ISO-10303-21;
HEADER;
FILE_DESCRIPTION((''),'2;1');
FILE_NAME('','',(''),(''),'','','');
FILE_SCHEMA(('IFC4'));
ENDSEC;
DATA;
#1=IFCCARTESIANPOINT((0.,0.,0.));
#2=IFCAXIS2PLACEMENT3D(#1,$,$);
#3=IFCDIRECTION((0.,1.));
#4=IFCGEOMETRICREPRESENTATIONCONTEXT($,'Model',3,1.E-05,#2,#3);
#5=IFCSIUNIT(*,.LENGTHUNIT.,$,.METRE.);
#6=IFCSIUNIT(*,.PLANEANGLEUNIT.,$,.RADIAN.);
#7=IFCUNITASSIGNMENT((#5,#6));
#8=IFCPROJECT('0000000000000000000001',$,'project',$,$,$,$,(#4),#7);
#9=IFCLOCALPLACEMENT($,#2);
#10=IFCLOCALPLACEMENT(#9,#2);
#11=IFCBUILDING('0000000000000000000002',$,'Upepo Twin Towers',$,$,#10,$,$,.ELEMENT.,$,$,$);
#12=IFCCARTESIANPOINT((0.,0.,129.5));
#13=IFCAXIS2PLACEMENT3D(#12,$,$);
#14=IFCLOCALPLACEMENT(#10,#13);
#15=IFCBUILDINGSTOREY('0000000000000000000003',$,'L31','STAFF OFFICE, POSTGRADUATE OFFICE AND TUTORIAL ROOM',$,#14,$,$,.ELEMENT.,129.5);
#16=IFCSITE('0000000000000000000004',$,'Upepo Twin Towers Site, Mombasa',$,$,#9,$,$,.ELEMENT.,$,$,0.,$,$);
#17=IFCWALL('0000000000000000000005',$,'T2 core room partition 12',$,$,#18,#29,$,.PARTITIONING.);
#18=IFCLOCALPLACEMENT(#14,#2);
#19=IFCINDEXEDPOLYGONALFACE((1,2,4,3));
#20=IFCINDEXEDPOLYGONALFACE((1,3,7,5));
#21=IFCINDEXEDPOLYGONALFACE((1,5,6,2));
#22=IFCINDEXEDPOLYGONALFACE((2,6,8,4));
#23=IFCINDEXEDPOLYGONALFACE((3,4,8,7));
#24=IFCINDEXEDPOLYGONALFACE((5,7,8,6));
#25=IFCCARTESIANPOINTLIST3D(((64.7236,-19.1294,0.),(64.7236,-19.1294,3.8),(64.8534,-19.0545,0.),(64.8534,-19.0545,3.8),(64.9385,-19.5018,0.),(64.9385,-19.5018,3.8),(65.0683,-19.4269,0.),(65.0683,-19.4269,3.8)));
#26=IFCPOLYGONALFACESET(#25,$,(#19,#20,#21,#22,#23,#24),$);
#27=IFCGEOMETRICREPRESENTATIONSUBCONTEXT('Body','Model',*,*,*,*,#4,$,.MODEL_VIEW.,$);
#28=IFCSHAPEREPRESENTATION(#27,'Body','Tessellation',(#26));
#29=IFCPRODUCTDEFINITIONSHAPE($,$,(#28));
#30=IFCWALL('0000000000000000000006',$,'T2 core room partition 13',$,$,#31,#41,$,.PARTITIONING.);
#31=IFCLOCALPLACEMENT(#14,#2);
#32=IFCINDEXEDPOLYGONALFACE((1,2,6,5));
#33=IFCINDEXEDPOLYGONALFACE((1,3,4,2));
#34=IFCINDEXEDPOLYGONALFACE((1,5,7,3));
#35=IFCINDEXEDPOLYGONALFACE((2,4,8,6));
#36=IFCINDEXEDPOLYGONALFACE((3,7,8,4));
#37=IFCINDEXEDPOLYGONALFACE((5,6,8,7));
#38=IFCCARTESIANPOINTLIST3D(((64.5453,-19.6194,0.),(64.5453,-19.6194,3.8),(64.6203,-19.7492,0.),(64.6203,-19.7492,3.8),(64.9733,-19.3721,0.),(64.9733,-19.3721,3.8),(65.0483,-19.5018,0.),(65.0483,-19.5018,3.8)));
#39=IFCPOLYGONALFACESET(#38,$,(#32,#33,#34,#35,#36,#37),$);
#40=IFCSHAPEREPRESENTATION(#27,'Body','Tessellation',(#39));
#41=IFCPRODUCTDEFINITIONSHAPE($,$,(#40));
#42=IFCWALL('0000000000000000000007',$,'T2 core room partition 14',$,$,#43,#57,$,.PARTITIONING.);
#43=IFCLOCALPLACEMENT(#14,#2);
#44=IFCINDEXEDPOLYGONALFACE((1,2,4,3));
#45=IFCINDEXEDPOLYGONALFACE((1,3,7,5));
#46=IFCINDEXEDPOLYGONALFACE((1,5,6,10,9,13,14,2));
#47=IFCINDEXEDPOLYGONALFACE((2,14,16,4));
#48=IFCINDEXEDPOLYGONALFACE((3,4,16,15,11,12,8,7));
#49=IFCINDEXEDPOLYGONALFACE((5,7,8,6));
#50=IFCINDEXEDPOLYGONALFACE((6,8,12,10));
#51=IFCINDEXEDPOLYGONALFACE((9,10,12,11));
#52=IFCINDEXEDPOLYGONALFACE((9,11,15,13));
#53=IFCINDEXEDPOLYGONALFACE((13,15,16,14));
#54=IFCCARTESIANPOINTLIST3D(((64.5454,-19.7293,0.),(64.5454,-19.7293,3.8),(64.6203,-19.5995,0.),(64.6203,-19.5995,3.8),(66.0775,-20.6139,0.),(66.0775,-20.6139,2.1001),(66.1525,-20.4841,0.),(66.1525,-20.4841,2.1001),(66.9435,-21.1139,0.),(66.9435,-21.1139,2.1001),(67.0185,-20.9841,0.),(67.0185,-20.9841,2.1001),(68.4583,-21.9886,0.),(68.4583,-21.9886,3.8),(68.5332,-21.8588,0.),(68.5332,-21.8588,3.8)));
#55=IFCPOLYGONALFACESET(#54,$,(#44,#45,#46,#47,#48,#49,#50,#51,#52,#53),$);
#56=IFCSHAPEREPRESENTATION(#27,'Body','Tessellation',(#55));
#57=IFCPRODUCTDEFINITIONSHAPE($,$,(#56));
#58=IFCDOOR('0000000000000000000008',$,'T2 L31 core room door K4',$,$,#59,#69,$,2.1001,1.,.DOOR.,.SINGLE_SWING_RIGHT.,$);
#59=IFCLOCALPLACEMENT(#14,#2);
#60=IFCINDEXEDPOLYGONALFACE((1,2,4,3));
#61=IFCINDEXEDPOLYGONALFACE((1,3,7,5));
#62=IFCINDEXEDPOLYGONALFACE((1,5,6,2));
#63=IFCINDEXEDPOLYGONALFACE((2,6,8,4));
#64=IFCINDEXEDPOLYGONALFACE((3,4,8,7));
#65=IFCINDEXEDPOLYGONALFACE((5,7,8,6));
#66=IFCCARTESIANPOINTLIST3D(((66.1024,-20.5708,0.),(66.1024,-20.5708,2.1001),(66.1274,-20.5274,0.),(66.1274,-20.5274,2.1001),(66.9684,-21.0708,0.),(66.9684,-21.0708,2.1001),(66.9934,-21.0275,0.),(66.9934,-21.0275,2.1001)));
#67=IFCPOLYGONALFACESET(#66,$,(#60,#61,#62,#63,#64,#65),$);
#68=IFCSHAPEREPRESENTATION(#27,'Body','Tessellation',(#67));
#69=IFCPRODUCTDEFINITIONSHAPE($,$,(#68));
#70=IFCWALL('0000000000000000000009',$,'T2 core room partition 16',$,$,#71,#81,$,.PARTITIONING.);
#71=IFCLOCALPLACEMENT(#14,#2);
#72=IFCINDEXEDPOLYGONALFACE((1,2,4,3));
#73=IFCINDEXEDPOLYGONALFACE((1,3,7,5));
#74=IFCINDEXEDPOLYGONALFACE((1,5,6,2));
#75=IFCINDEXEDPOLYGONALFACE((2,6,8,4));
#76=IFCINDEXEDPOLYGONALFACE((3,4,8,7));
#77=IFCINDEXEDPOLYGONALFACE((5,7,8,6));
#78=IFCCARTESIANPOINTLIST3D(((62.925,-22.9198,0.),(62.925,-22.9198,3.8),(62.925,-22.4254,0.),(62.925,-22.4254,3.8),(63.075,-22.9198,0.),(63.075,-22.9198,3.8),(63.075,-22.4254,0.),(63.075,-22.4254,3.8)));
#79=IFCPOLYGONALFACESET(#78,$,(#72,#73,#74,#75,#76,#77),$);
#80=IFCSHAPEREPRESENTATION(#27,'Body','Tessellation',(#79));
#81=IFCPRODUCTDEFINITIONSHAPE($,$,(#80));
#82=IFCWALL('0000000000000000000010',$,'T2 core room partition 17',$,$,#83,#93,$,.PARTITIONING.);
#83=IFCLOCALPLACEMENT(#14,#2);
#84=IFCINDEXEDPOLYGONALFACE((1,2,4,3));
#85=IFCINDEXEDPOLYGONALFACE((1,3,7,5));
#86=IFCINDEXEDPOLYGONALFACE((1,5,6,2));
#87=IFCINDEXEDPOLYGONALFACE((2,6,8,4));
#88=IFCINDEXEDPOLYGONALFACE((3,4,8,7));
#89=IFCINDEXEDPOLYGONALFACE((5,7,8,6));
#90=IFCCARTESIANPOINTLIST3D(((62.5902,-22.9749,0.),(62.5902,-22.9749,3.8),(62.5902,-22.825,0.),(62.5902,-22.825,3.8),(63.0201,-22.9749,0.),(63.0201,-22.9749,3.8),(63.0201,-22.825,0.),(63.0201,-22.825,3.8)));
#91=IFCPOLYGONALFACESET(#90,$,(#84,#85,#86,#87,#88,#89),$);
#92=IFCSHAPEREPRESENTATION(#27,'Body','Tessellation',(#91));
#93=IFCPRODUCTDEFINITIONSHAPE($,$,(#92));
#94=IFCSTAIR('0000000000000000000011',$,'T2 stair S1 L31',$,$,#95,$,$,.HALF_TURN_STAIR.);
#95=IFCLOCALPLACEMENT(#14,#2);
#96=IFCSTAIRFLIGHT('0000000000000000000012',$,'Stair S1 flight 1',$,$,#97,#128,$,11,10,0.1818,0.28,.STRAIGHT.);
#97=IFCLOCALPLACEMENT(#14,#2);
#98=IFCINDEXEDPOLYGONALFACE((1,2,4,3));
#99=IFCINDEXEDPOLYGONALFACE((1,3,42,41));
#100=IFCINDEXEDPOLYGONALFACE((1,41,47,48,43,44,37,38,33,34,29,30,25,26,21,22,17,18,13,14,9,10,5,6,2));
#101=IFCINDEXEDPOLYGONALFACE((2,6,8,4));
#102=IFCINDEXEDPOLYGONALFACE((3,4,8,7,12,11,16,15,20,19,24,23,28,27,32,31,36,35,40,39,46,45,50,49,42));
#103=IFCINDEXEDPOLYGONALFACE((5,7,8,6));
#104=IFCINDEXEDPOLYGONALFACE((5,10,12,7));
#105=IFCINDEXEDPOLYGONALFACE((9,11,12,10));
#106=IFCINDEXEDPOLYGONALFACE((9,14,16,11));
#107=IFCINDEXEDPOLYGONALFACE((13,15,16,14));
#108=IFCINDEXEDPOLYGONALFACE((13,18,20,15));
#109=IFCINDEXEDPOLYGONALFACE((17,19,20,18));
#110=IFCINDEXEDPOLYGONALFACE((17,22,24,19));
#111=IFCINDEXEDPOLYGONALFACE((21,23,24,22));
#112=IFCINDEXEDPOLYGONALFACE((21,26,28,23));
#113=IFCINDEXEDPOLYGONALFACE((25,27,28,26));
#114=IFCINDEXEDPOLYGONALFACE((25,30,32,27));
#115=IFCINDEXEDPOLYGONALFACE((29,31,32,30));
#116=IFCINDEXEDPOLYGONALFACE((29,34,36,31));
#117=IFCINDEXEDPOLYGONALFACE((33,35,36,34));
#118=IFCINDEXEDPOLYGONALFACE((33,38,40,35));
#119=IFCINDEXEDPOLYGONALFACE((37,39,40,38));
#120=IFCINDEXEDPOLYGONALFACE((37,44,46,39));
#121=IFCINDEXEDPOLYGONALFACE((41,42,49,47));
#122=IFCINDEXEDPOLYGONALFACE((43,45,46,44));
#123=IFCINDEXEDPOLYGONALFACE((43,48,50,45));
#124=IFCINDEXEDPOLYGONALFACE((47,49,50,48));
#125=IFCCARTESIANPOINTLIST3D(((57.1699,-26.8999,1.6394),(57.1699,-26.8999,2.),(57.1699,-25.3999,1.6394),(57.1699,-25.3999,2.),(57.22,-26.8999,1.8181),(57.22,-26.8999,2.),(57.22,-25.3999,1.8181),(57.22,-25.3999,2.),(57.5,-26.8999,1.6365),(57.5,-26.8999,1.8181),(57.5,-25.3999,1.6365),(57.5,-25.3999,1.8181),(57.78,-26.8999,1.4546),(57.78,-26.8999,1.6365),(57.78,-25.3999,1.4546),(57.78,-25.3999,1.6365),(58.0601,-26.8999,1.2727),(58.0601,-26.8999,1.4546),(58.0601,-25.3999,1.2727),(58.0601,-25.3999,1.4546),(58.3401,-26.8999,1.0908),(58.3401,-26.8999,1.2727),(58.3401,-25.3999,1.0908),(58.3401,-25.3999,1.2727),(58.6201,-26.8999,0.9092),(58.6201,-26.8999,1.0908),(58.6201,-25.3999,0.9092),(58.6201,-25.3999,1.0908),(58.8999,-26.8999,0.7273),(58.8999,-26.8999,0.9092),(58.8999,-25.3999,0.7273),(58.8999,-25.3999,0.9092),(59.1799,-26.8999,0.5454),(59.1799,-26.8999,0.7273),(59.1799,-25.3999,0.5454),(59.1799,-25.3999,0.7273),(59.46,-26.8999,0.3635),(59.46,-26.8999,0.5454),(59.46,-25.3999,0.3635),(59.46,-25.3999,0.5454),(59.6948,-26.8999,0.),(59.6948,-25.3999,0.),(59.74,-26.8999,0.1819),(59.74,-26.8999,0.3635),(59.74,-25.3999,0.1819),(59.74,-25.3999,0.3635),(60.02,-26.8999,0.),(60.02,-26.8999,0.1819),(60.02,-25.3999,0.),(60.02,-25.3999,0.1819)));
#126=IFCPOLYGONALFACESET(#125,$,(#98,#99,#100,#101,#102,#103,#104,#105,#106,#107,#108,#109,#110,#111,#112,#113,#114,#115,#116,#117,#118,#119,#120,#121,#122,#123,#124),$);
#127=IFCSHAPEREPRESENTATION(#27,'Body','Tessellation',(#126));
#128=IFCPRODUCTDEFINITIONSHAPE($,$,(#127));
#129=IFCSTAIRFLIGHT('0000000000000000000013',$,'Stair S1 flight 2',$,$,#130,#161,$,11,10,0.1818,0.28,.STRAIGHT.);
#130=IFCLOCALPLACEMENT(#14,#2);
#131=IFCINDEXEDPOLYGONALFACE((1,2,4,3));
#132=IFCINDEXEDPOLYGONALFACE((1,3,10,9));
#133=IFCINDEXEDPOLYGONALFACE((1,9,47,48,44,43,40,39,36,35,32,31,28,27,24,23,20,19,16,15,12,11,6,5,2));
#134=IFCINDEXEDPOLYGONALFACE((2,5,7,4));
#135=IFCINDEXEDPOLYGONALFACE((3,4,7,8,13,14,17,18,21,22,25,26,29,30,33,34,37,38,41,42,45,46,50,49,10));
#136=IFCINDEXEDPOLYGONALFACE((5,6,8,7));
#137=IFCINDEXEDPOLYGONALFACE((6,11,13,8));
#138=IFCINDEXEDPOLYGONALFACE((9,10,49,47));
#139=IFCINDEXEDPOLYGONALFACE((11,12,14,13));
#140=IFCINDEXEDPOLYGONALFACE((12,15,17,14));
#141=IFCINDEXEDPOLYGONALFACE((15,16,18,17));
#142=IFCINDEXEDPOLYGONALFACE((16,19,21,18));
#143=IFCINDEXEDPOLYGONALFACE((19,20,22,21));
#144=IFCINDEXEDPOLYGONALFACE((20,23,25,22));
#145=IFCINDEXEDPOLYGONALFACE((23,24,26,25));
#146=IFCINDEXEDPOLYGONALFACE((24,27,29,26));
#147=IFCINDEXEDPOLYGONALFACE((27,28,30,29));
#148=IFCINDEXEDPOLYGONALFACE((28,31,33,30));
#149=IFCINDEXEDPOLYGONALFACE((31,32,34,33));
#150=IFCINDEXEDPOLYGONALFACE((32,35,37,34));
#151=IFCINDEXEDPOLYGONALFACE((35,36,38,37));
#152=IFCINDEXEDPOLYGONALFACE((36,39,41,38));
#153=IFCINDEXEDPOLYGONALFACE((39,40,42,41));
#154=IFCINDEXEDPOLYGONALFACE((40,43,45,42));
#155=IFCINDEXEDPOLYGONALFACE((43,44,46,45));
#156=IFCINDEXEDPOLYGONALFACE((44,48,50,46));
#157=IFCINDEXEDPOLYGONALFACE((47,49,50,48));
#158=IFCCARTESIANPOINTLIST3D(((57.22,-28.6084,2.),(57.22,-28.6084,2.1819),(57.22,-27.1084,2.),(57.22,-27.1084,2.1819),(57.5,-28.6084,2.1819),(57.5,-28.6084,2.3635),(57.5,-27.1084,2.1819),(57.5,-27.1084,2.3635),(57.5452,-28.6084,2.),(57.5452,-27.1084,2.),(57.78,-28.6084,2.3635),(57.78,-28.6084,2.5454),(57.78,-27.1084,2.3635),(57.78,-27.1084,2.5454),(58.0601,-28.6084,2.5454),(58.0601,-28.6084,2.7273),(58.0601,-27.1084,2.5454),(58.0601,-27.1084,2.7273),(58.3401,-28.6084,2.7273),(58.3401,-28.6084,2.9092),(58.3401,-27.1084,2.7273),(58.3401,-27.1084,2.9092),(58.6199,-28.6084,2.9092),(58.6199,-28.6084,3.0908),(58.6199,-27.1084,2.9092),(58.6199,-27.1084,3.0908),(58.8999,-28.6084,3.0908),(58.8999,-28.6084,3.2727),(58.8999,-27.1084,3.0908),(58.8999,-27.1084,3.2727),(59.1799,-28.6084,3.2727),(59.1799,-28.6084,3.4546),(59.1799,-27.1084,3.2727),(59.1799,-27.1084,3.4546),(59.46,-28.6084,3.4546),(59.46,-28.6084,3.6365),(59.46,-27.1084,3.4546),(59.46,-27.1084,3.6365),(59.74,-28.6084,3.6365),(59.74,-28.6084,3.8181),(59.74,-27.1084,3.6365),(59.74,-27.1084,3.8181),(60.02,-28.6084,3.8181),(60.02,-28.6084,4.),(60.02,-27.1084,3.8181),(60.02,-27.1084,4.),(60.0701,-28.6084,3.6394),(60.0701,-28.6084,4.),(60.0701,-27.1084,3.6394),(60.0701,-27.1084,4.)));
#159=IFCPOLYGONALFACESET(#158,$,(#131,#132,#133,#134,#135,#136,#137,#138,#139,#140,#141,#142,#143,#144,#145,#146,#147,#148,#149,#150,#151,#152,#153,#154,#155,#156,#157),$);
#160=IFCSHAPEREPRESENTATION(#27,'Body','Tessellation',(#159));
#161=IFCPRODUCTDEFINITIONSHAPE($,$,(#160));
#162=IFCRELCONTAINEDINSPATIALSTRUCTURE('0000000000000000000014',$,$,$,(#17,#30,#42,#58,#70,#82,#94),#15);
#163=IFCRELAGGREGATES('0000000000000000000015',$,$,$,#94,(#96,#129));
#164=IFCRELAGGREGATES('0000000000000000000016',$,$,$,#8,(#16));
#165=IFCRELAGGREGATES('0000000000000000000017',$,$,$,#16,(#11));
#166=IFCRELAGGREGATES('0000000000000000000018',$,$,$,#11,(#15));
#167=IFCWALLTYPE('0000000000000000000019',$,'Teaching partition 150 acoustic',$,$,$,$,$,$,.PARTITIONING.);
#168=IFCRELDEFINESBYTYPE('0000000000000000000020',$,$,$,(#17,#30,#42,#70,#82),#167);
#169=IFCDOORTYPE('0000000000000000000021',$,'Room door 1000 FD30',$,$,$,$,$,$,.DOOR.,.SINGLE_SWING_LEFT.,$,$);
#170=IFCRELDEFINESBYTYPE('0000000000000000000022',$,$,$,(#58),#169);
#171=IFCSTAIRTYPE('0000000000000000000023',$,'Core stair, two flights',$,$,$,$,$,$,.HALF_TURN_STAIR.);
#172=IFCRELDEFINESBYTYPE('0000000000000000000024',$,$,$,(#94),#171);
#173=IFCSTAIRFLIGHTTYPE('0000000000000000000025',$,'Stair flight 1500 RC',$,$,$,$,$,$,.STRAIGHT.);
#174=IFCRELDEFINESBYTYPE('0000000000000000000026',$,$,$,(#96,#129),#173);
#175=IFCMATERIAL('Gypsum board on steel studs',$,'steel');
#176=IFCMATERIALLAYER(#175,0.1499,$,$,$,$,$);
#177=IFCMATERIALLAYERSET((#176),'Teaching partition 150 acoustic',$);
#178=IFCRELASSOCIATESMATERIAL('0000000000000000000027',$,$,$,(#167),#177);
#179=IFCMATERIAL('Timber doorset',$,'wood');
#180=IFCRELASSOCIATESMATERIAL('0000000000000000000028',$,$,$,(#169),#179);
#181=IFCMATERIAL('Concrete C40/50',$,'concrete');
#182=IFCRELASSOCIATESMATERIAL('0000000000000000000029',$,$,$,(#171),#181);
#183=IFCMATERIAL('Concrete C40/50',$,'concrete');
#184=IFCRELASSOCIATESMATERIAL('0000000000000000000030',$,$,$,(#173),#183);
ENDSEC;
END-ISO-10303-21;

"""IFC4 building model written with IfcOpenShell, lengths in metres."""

from ifc_helpers import new_model, si_unit, direction, frame, frame_2d, origin, place, context, subcontext, project, spatial, polyline, rectangle, outline, extrude, material, layer, layer_set, type_object, element, fill, aggregate, save


model = new_model("IFC4")

# Units and contexts
model_context = context("Model", 3, precision=1e-05, world=origin(), true_north=direction((0.0, 1.0)))
body_context = subcontext(model_context, "Body", "Model", "MODEL_VIEW")
ifc_project = project(units=[si_unit("LENGTHUNIT", "METRE"), si_unit("PLANEANGLEUNIT", "RADIAN")], contexts=[model_context])

# Site, building, storey
site_placement = place(None, origin())
site = spatial("IfcSite", under=ifc_project, at=site_placement, Name="Upepo Twin Towers Site, Mombasa", CompositionType="ELEMENT", RefElevation=0.0)
building_placement = place(site_placement, origin())
building = spatial("IfcBuilding", under=site, at=building_placement, Name="Upepo Twin Towers", CompositionType="ELEMENT")
storey_placement = place(building_placement, frame((0.0, 0.0, 129.5)))
storey = spatial("IfcBuildingStorey", under=building, at=storey_placement, Name="L31", Description="STAFF OFFICE, POSTGRADUATE OFFICE AND TUTORIAL ROOM", CompositionType="ELEMENT", Elevation=129.5)

# Walls
ifc_material_1 = material(Name="Gypsum board on steel studs", Category="steel")
ifc_layer_1 = layer(ifc_material_1, 0.1499)
ifc_layer_set_1 = layer_set([ifc_layer_1], Name="Teaching partition 150 acoustic")
wall_type_1 = type_object("IfcWallType", Name="Teaching partition 150 acoustic", PredefinedType="PARTITIONING", material=ifc_layer_set_1)
wall_1_placement = place(storey_placement, frame((64.7886, -19.092, 0.0), z_axis=(0.0, 0.0, 1.0), x_axis=(0.499804, -0.866138, 0.0)))
element("IfcWall", 1, at=wall_1_placement, inside=storey, type_object=wall_type_1, Name="T2 core room partition 12", PredefinedType="PARTITIONING", context=body_context, shape_type="SweptSolid", body=[
    extrude(rectangle(XDim=0.4299, YDim=0.1499, at=frame_2d((0.2148, 0.0))), origin(), (0.0, 0.0, 1.0), 3.8),
])
wall_2_placement = place(storey_placement, frame((65.0107, -19.437, 0.0), z_axis=(0.0, 0.0, 1.0), x_axis=(-0.865832, -0.500335, 0.0)))
element("IfcWall", 2, at=wall_2_placement, inside=storey, type_object=wall_type_1, Name="T2 core room partition 13", PredefinedType="PARTITIONING", context=body_context, shape_type="SweptSolid", body=[
    extrude(rectangle(XDim=0.4944, YDim=0.1499, at=frame_2d((0.2471, 0.0))), origin(), (0.0, 0.0, 1.0), 3.8),
])

# Wall, opening, door
wall_3_placement = place(storey_placement, frame((64.5828, -19.6643, 0.0), z_axis=(0.0, 0.0, 1.0), x_axis=(0.866007, -0.500033, 0.0)))
wall_3 = element("IfcWall", 3, at=wall_3_placement, inside=storey, type_object=wall_type_1, Name="T2 core room partition 14", PredefinedType="PARTITIONING", context=body_context, shape_type="SweptSolid", body=[
    extrude(rectangle(XDim=4.5183, YDim=0.1499, at=frame_2d((2.2593, 0.0))), origin(), (0.0, 0.0, 1.0), 3.8),
])
opening_1_placement = place(wall_3_placement, frame((1.7693, 0.0, 0.0)))
opening_1 = element("IfcOpeningElement", 4, at=opening_1_placement, cuts=wall_3, PredefinedType="OPENING", context=body_context, shape_type="SweptSolid", body=[
    extrude(rectangle(XDim=1.0, YDim=2.1001, at=frame_2d((0.5, 1.05))), frame((0.0, 0.085, 0.0), z_axis=(0.0, -1.0, 0.0), x_axis=(1.0, 0.0, 0.0)), (0.0, 0.0, 1.0), 0.1699),
])
ifc_material_2 = material(Name="Timber doorset", Category="wood")
door_type_1 = type_object("IfcDoorType", Name="Room door 1000 FD30", OperationType="SINGLE_SWING_LEFT", PredefinedType="DOOR", material=ifc_material_2)
door_1_placement = place(opening_1_placement, origin())
door_1 = element("IfcDoor", 5, at=door_1_placement, inside=storey, type_object=door_type_1, Name="T2 L31 core room door K4", OperationType="SINGLE_SWING_RIGHT", OverallHeight=2.1001, OverallWidth=1.0, PredefinedType="DOOR", context=body_context, shape_type="SweptSolid", body=[
    extrude(rectangle(XDim=1.0, YDim=2.1001, at=frame_2d((0.5, 1.05))), frame((0.0, 0.0249, 0.0), z_axis=(0.0, -1.0, 0.0), x_axis=(1.0, 0.0, 0.0)), (0.0, 0.0, 1.0), 0.05),
])
fill(opening_1, door_1)

# Walls
wall_4_placement = place(storey_placement, frame((63.0, -22.4255, 0.0), z_axis=(0.0, 0.0, 1.0), x_axis=(0.0, -1.0, 0.0)))
element("IfcWall", 6, at=wall_4_placement, inside=storey, type_object=wall_type_1, Name="T2 core room partition 16", PredefinedType="PARTITIONING", context=body_context, shape_type="SweptSolid", body=[
    extrude(rectangle(XDim=0.4944, YDim=0.1499, at=frame_2d((0.2471, 0.0))), origin(), (0.0, 0.0, 1.0), 3.8),
])
wall_5_placement = place(storey_placement, frame((63.02, -22.8999, 0.0), z_axis=(0.0, 0.0, 1.0), x_axis=(-1.0, 0.0, 0.0)))
element("IfcWall", 7, at=wall_5_placement, inside=storey, type_object=wall_type_1, Name="T2 core room partition 17", PredefinedType="PARTITIONING", context=body_context, shape_type="SweptSolid", body=[
    extrude(rectangle(XDim=0.4299, YDim=0.1499, at=frame_2d((0.2148, 0.0))), origin(), (0.0, 0.0, 1.0), 3.8),
])

# Stair, stair flights
ifc_material_3 = material(Name="Concrete C40/50", Category="concrete")
stair_type = type_object("IfcStairType", Name="Core stair, two flights", PredefinedType="HALF_TURN_STAIR", material=ifc_material_3)
stair_placement = place(storey_placement, origin())
stair = element("IfcStair", 8, at=stair_placement, inside=storey, type_object=stair_type, Name="T2 stair S1 L31", PredefinedType="HALF_TURN_STAIR")
ifc_material_4 = material(Name="Concrete C40/50", Category="concrete")
stair_flight_type = type_object("IfcStairFlightType", Name="Stair flight 1500 RC", PredefinedType="STRAIGHT", material=ifc_material_4)
stair_flight_1_placement = place(storey_placement, frame((60.02, -26.1499, 0.0), z_axis=(0.0, 0.0, 1.0), x_axis=(-1.0, 0.0, 0.0)))
stair_flight_1 = element("IfcStairFlight", 9, at=stair_flight_1_placement, type_object=stair_flight_type, Name="Stair S1 flight 1", NumberOfRisers=11, NumberOfTreads=10, PredefinedType="STRAIGHT", RiserHeight=0.1818, TreadLength=0.28, context=body_context, shape_type="SweptSolid", body=[
    extrude(outline(polyline([(0.0, 0.0), (0.0, 0.1819), (0.28, 0.1819), (0.28, 0.3635), (0.5601, 0.3635), (0.5601, 0.5454), (0.8401, 0.5454), (0.8401, 0.7273), (1.1201, 0.7273), (1.1201, 0.9092), (1.3999, 0.9092), (1.3999, 1.0908), (1.6799, 1.0908), (1.6799, 1.2727), (1.96, 1.2727), (1.96, 1.4546), (2.24, 1.4546), (2.24, 1.6365), (2.52, 1.6365), (2.52, 1.8181), (2.8, 1.8181), (2.8, 2.0), (2.8501, 2.0), (2.8501, 1.6394), (0.3252, 0.0), (0.0, 0.0)])), frame((0.0, 0.75, 0.0), z_axis=(0.0, -1.0, 0.0), x_axis=(1.0, 0.0, 0.0)), (0.0, 0.0, 1.0), 1.5),
])
stair_flight_2_placement = place(storey_placement, frame((57.22, -27.8584, 2.0), z_axis=(0.0, 0.0, 1.0), x_axis=(1.0, 0.0, 0.0)))
stair_flight_2 = element("IfcStairFlight", 10, at=stair_flight_2_placement, type_object=stair_flight_type, Name="Stair S1 flight 2", NumberOfRisers=11, NumberOfTreads=10, PredefinedType="STRAIGHT", RiserHeight=0.1818, TreadLength=0.28, context=body_context, shape_type="SweptSolid", body=[
    extrude(outline(polyline([(0.0, 0.0), (0.0, 0.1819), (0.28, 0.1819), (0.28, 0.3635), (0.5601, 0.3635), (0.5601, 0.5454), (0.8401, 0.5454), (0.8401, 0.7273), (1.1201, 0.7273), (1.1201, 0.9092), (1.3999, 0.9092), (1.3999, 1.0908), (1.6799, 1.0908), (1.6799, 1.2727), (1.96, 1.2727), (1.96, 1.4546), (2.24, 1.4546), (2.24, 1.6365), (2.52, 1.6365), (2.52, 1.8181), (2.8, 1.8181), (2.8, 2.0), (2.8501, 2.0), (2.8501, 1.6394), (0.3252, 0.0), (0.0, 0.0)])), frame((0.0, 0.75, 0.0), z_axis=(0.0, -1.0, 0.0), x_axis=(1.0, 0.0, 0.0)), (0.0, 0.0, 1.0), 1.5),
])
aggregate(stair, [stair_flight_1, stair_flight_2])

save(model, "model.ifc")
